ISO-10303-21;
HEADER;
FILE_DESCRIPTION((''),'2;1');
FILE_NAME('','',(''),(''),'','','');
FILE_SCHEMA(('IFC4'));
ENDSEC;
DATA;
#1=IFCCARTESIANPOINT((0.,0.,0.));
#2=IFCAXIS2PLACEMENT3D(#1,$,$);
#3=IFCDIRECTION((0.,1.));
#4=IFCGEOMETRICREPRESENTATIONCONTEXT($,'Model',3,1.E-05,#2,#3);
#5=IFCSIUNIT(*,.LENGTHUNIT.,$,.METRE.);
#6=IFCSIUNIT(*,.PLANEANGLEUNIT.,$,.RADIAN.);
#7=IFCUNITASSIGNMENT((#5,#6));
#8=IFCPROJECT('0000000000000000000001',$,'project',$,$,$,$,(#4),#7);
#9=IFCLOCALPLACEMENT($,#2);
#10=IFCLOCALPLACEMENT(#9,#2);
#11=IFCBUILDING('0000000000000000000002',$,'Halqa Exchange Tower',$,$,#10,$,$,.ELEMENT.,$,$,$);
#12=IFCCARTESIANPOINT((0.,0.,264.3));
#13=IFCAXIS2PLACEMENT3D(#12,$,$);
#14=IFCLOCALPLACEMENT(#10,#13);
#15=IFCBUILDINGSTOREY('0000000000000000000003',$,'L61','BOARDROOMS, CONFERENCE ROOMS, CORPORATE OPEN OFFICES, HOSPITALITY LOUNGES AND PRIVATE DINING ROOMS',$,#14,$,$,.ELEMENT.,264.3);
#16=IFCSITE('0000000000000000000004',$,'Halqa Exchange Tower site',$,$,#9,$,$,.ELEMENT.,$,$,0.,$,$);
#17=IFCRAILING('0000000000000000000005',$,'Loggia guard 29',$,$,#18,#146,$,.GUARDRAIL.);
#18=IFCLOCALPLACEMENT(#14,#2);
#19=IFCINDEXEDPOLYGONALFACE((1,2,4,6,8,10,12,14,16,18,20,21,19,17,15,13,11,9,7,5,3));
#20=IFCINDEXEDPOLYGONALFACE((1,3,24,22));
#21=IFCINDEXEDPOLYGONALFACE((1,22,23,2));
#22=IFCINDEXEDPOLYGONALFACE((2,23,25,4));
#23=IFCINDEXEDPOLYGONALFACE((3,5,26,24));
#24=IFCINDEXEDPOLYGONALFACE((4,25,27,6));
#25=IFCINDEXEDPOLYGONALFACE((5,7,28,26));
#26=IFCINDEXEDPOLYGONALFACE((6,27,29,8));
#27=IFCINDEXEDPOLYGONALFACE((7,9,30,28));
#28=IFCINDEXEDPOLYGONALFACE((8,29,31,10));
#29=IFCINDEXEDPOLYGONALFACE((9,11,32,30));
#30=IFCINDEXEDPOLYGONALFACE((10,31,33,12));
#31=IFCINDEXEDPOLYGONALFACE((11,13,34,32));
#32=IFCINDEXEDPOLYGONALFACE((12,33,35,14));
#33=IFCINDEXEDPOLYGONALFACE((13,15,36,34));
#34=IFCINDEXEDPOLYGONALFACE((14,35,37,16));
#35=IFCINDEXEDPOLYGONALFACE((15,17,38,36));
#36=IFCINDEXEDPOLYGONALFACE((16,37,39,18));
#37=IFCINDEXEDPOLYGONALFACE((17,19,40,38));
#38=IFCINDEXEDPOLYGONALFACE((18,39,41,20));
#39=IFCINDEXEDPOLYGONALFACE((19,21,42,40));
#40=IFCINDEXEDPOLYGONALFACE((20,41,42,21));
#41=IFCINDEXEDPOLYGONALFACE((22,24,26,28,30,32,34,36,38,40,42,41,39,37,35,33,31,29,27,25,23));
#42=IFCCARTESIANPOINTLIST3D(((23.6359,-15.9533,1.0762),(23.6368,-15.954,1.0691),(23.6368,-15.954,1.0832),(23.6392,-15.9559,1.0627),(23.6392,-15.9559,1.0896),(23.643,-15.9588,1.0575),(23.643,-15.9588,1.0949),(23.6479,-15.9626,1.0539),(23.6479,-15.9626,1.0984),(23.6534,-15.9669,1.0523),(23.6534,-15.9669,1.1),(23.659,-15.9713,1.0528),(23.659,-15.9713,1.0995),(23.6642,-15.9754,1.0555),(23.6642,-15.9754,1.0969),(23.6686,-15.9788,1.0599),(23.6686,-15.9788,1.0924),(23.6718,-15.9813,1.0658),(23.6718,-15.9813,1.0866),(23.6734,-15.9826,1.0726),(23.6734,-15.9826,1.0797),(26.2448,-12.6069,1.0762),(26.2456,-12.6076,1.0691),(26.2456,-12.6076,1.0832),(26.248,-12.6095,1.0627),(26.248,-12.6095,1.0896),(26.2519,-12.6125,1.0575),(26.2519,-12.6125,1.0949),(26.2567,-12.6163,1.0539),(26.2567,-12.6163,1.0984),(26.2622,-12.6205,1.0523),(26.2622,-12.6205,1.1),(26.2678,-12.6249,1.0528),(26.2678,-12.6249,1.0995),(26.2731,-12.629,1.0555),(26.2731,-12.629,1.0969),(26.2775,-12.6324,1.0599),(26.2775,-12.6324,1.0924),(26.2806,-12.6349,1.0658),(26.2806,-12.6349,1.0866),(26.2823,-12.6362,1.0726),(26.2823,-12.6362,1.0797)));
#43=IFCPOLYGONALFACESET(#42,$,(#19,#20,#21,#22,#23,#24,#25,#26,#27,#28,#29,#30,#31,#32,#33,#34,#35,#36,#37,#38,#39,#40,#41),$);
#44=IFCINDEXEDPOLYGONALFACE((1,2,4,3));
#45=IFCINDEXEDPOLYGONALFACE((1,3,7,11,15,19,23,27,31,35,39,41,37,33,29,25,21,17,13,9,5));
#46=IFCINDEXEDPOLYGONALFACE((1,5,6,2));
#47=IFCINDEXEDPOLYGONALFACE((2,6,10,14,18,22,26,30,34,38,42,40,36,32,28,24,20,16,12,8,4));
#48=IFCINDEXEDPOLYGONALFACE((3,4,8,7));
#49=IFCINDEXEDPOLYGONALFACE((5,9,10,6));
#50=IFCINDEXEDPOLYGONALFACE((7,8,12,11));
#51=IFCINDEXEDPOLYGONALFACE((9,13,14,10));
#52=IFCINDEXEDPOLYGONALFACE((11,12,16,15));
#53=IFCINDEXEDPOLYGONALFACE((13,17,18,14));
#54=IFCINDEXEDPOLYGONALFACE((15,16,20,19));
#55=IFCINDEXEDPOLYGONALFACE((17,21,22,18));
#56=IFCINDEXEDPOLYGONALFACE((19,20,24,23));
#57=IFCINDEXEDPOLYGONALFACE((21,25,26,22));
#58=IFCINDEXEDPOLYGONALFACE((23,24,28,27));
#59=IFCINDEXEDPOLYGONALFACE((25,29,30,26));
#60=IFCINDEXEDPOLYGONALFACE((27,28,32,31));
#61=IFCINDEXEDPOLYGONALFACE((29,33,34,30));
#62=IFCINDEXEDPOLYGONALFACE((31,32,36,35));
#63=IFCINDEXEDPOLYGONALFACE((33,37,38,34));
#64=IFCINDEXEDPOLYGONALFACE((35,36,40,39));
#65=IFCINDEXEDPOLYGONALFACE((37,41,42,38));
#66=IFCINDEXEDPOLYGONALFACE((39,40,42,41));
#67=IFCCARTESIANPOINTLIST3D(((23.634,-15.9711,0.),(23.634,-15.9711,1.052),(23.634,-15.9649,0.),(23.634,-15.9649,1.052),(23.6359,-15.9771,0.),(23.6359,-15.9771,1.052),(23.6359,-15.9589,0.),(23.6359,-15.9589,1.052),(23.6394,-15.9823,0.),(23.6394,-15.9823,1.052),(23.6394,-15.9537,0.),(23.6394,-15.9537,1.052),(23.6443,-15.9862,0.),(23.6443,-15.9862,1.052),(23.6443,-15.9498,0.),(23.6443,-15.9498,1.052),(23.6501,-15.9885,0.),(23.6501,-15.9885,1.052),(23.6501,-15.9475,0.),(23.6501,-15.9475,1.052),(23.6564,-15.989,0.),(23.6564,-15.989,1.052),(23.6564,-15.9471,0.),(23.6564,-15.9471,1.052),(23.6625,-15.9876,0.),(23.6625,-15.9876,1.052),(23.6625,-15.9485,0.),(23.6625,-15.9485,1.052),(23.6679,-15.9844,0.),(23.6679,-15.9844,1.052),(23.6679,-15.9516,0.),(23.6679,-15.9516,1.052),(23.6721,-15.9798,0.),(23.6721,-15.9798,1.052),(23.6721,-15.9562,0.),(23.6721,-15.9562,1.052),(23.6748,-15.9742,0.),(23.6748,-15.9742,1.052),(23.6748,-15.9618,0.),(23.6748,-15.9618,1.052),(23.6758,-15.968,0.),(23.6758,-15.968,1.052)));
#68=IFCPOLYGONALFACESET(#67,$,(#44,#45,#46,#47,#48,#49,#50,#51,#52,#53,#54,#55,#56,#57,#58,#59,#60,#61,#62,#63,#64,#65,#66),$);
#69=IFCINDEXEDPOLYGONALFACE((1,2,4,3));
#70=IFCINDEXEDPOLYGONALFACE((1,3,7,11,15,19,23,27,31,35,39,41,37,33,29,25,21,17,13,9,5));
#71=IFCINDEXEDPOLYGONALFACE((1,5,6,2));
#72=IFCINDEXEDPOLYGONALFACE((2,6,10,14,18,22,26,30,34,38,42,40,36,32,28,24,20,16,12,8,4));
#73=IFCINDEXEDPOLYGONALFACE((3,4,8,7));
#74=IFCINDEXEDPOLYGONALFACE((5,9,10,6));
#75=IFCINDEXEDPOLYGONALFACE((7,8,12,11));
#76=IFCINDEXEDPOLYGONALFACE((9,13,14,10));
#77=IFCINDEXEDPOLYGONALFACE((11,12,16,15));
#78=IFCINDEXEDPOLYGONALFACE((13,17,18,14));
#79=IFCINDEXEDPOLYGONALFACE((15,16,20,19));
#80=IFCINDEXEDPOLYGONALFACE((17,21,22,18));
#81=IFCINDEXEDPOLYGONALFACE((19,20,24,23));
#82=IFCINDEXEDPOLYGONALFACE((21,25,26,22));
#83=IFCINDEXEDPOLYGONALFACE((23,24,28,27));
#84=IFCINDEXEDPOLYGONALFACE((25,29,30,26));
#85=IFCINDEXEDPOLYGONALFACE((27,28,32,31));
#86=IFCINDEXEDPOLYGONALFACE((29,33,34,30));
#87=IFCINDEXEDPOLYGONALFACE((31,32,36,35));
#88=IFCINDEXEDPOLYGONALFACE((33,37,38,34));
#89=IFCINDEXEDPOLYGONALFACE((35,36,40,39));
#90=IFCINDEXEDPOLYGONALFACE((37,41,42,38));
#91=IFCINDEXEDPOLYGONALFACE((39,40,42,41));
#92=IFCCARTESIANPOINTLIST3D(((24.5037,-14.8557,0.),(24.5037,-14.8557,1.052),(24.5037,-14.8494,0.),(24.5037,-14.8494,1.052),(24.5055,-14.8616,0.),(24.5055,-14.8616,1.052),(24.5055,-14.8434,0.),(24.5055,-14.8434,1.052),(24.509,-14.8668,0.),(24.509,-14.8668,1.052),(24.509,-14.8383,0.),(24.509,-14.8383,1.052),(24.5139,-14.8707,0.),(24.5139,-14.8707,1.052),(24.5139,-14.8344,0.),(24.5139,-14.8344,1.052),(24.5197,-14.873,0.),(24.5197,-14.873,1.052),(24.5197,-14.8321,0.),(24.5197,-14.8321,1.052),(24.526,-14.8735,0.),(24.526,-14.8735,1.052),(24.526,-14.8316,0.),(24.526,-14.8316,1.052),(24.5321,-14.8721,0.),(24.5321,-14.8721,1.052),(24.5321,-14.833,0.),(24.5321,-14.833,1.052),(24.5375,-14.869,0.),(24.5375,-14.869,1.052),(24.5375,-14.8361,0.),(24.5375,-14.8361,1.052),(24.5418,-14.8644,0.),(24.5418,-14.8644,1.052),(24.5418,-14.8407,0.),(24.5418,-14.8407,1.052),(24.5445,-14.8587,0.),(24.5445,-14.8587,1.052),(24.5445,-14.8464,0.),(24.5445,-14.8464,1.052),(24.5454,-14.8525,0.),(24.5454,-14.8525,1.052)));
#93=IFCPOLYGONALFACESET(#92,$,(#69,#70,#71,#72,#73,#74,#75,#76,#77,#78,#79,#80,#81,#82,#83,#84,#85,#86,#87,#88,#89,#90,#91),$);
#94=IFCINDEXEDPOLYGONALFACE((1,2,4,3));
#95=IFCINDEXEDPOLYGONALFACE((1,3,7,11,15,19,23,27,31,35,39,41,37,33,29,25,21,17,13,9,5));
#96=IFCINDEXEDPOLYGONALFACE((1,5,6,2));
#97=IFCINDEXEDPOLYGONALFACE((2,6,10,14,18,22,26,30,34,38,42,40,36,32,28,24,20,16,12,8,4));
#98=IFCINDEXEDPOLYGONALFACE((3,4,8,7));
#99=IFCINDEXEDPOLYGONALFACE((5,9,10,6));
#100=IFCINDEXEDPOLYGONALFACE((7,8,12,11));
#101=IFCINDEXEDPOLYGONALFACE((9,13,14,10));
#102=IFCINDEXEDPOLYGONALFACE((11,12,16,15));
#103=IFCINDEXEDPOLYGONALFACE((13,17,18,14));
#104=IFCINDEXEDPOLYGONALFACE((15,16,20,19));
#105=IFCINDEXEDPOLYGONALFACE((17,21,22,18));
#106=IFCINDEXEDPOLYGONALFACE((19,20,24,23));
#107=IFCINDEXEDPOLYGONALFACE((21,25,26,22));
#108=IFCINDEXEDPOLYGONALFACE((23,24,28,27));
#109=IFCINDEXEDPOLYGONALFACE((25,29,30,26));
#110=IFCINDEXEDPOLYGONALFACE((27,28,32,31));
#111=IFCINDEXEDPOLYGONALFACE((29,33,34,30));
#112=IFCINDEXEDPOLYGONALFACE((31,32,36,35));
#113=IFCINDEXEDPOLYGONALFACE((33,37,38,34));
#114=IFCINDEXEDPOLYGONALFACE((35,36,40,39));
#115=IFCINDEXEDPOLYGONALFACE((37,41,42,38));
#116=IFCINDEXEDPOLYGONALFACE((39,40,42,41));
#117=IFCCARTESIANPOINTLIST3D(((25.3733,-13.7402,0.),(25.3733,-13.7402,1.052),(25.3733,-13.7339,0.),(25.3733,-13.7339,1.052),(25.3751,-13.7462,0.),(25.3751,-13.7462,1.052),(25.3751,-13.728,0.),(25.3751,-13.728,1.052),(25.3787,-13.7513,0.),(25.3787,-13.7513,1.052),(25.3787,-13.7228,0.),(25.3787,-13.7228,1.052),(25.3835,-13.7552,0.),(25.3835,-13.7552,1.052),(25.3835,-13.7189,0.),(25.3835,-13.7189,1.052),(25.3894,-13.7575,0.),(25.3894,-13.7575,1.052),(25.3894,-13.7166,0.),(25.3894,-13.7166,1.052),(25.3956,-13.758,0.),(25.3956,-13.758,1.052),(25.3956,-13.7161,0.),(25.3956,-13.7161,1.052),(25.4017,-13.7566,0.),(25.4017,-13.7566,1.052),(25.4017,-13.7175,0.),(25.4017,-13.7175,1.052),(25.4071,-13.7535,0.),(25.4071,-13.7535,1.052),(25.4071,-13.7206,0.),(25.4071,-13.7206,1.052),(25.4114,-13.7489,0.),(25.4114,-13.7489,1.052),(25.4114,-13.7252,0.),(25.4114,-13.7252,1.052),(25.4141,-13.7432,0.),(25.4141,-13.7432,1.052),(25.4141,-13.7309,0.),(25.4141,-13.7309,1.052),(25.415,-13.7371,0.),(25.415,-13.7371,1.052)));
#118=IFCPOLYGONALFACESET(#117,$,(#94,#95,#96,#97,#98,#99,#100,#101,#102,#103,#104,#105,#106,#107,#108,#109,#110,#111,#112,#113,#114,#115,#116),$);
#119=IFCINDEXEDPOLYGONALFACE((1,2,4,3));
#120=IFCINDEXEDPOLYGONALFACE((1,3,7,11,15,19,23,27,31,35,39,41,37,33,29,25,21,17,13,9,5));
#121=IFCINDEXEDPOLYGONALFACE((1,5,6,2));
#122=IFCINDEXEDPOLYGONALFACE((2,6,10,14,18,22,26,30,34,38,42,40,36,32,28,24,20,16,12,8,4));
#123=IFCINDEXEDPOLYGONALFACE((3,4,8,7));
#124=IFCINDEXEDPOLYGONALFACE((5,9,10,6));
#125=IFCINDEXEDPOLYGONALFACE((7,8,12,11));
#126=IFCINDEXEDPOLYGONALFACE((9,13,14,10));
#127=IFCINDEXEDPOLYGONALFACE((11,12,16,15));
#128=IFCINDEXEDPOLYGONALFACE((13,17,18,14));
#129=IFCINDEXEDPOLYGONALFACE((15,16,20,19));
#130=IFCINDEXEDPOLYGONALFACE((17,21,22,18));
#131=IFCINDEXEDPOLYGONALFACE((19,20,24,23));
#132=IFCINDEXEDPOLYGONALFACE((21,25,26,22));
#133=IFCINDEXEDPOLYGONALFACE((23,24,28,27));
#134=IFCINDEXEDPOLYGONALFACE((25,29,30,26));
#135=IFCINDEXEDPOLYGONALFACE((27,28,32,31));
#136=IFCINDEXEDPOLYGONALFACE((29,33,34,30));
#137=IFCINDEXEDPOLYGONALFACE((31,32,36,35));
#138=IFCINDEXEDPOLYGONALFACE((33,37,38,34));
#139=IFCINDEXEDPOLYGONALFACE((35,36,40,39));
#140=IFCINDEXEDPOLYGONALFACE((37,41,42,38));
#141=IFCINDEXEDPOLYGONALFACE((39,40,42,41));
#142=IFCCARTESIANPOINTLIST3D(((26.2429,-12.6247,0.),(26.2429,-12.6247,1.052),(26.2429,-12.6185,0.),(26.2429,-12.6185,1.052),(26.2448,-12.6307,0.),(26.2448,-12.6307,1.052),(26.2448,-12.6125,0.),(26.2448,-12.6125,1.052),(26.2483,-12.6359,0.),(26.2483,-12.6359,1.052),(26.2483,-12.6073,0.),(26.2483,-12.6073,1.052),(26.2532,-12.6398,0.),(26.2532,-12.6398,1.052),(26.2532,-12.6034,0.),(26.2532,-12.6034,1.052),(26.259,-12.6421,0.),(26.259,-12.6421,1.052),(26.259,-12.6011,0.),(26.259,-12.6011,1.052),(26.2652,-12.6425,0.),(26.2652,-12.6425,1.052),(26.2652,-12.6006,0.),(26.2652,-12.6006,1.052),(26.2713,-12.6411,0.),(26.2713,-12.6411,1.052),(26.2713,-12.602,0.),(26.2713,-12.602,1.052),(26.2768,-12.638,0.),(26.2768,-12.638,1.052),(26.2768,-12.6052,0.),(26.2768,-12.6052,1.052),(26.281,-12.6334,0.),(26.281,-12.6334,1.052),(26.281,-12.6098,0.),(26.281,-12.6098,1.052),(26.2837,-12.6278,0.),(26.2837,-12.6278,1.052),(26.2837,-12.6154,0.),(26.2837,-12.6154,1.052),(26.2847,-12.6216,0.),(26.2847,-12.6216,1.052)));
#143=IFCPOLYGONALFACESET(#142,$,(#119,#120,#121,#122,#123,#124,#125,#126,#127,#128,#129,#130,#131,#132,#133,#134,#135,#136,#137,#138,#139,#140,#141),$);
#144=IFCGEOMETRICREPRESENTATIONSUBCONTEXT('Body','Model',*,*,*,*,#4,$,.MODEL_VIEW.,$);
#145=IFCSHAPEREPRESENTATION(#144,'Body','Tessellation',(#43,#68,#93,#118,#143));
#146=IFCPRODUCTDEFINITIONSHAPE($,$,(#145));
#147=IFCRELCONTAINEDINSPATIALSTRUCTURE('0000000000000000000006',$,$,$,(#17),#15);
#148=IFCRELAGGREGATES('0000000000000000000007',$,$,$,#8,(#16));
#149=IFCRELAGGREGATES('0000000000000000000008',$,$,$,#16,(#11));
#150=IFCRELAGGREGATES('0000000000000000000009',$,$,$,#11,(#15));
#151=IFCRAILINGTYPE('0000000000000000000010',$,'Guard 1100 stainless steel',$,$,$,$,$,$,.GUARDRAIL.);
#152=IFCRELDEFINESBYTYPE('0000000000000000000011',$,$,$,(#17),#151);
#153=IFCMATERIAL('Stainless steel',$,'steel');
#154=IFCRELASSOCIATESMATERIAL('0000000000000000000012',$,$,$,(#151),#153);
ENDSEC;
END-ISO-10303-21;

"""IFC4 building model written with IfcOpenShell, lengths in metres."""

from ifc_helpers import new_model, si_unit, direction, frame, origin, origin_2d, place, context, subcontext, project, spatial, circle, extrude, material, type_object, element, save


model = new_model("IFC4")

# Units and contexts
model_context = context("Model", 3, precision=1e-05, world=origin(), true_north=direction((0.0, 1.0)))
body_context = subcontext(model_context, "Body", "Model", "MODEL_VIEW")
ifc_project = project(units=[si_unit("LENGTHUNIT", "METRE"), si_unit("PLANEANGLEUNIT", "RADIAN")], contexts=[model_context])

# Site, building, storey
site_placement = place(None, origin())
site = spatial("IfcSite", under=ifc_project, at=site_placement, Name="Halqa Exchange Tower site", CompositionType="ELEMENT", RefElevation=0.0)
building_placement = place(site_placement, origin())
building = spatial("IfcBuilding", under=site, at=building_placement, Name="Halqa Exchange Tower", CompositionType="ELEMENT")
storey_placement = place(building_placement, frame((0.0, 0.0, 264.3)))
storey = spatial("IfcBuildingStorey", under=building, at=storey_placement, Name="L61", Description="BOARDROOMS, CONFERENCE ROOMS, CORPORATE OPEN OFFICES, HOSPITALITY LOUNGES AND PRIVATE DINING ROOMS", CompositionType="ELEMENT", Elevation=264.3)

# Railing
ifc_material_1 = material(Name="Stainless steel", Category="steel")
railing_type = type_object("IfcRailingType", Name="Guard 1100 stainless steel", PredefinedType="GUARDRAIL", material=ifc_material_1)
railing_1_placement = place(storey_placement, frame((23.6548, -15.968, 0.0)))
element("IfcRailing", 1, at=railing_1_placement, inside=storey, type_object=railing_type, Name="Loggia guard 29", PredefinedType="GUARDRAIL", context=body_context, shape_type="SweptSolid", body=[
    extrude(circle(Radius=0.0239, at=origin_2d()), frame((0.0, 0.0, 1.0762), z_axis=(0.614836, 0.788655, 0.0), x_axis=(-0.788655, 0.614836, 0.0)), (0.0, 0.0, 1.0), 4.2432),
    extrude(circle(Radius=0.021, at=origin_2d()), origin(), (0.0, 0.0, 1.0), 1.052),
    extrude(circle(Radius=0.021, at=origin_2d()), frame((0.8696, 1.1155, 0.0)), (0.0, 0.0, 1.0), 1.052),
    extrude(circle(Radius=0.021, at=origin_2d()), frame((1.7393, 2.231, 0.0)), (0.0, 0.0, 1.0), 1.052),
    extrude(circle(Radius=0.021, at=origin_2d()), frame((2.6089, 3.3464, 0.0)), (0.0, 0.0, 1.0), 1.052),
])

save(model, "model.ifc")
